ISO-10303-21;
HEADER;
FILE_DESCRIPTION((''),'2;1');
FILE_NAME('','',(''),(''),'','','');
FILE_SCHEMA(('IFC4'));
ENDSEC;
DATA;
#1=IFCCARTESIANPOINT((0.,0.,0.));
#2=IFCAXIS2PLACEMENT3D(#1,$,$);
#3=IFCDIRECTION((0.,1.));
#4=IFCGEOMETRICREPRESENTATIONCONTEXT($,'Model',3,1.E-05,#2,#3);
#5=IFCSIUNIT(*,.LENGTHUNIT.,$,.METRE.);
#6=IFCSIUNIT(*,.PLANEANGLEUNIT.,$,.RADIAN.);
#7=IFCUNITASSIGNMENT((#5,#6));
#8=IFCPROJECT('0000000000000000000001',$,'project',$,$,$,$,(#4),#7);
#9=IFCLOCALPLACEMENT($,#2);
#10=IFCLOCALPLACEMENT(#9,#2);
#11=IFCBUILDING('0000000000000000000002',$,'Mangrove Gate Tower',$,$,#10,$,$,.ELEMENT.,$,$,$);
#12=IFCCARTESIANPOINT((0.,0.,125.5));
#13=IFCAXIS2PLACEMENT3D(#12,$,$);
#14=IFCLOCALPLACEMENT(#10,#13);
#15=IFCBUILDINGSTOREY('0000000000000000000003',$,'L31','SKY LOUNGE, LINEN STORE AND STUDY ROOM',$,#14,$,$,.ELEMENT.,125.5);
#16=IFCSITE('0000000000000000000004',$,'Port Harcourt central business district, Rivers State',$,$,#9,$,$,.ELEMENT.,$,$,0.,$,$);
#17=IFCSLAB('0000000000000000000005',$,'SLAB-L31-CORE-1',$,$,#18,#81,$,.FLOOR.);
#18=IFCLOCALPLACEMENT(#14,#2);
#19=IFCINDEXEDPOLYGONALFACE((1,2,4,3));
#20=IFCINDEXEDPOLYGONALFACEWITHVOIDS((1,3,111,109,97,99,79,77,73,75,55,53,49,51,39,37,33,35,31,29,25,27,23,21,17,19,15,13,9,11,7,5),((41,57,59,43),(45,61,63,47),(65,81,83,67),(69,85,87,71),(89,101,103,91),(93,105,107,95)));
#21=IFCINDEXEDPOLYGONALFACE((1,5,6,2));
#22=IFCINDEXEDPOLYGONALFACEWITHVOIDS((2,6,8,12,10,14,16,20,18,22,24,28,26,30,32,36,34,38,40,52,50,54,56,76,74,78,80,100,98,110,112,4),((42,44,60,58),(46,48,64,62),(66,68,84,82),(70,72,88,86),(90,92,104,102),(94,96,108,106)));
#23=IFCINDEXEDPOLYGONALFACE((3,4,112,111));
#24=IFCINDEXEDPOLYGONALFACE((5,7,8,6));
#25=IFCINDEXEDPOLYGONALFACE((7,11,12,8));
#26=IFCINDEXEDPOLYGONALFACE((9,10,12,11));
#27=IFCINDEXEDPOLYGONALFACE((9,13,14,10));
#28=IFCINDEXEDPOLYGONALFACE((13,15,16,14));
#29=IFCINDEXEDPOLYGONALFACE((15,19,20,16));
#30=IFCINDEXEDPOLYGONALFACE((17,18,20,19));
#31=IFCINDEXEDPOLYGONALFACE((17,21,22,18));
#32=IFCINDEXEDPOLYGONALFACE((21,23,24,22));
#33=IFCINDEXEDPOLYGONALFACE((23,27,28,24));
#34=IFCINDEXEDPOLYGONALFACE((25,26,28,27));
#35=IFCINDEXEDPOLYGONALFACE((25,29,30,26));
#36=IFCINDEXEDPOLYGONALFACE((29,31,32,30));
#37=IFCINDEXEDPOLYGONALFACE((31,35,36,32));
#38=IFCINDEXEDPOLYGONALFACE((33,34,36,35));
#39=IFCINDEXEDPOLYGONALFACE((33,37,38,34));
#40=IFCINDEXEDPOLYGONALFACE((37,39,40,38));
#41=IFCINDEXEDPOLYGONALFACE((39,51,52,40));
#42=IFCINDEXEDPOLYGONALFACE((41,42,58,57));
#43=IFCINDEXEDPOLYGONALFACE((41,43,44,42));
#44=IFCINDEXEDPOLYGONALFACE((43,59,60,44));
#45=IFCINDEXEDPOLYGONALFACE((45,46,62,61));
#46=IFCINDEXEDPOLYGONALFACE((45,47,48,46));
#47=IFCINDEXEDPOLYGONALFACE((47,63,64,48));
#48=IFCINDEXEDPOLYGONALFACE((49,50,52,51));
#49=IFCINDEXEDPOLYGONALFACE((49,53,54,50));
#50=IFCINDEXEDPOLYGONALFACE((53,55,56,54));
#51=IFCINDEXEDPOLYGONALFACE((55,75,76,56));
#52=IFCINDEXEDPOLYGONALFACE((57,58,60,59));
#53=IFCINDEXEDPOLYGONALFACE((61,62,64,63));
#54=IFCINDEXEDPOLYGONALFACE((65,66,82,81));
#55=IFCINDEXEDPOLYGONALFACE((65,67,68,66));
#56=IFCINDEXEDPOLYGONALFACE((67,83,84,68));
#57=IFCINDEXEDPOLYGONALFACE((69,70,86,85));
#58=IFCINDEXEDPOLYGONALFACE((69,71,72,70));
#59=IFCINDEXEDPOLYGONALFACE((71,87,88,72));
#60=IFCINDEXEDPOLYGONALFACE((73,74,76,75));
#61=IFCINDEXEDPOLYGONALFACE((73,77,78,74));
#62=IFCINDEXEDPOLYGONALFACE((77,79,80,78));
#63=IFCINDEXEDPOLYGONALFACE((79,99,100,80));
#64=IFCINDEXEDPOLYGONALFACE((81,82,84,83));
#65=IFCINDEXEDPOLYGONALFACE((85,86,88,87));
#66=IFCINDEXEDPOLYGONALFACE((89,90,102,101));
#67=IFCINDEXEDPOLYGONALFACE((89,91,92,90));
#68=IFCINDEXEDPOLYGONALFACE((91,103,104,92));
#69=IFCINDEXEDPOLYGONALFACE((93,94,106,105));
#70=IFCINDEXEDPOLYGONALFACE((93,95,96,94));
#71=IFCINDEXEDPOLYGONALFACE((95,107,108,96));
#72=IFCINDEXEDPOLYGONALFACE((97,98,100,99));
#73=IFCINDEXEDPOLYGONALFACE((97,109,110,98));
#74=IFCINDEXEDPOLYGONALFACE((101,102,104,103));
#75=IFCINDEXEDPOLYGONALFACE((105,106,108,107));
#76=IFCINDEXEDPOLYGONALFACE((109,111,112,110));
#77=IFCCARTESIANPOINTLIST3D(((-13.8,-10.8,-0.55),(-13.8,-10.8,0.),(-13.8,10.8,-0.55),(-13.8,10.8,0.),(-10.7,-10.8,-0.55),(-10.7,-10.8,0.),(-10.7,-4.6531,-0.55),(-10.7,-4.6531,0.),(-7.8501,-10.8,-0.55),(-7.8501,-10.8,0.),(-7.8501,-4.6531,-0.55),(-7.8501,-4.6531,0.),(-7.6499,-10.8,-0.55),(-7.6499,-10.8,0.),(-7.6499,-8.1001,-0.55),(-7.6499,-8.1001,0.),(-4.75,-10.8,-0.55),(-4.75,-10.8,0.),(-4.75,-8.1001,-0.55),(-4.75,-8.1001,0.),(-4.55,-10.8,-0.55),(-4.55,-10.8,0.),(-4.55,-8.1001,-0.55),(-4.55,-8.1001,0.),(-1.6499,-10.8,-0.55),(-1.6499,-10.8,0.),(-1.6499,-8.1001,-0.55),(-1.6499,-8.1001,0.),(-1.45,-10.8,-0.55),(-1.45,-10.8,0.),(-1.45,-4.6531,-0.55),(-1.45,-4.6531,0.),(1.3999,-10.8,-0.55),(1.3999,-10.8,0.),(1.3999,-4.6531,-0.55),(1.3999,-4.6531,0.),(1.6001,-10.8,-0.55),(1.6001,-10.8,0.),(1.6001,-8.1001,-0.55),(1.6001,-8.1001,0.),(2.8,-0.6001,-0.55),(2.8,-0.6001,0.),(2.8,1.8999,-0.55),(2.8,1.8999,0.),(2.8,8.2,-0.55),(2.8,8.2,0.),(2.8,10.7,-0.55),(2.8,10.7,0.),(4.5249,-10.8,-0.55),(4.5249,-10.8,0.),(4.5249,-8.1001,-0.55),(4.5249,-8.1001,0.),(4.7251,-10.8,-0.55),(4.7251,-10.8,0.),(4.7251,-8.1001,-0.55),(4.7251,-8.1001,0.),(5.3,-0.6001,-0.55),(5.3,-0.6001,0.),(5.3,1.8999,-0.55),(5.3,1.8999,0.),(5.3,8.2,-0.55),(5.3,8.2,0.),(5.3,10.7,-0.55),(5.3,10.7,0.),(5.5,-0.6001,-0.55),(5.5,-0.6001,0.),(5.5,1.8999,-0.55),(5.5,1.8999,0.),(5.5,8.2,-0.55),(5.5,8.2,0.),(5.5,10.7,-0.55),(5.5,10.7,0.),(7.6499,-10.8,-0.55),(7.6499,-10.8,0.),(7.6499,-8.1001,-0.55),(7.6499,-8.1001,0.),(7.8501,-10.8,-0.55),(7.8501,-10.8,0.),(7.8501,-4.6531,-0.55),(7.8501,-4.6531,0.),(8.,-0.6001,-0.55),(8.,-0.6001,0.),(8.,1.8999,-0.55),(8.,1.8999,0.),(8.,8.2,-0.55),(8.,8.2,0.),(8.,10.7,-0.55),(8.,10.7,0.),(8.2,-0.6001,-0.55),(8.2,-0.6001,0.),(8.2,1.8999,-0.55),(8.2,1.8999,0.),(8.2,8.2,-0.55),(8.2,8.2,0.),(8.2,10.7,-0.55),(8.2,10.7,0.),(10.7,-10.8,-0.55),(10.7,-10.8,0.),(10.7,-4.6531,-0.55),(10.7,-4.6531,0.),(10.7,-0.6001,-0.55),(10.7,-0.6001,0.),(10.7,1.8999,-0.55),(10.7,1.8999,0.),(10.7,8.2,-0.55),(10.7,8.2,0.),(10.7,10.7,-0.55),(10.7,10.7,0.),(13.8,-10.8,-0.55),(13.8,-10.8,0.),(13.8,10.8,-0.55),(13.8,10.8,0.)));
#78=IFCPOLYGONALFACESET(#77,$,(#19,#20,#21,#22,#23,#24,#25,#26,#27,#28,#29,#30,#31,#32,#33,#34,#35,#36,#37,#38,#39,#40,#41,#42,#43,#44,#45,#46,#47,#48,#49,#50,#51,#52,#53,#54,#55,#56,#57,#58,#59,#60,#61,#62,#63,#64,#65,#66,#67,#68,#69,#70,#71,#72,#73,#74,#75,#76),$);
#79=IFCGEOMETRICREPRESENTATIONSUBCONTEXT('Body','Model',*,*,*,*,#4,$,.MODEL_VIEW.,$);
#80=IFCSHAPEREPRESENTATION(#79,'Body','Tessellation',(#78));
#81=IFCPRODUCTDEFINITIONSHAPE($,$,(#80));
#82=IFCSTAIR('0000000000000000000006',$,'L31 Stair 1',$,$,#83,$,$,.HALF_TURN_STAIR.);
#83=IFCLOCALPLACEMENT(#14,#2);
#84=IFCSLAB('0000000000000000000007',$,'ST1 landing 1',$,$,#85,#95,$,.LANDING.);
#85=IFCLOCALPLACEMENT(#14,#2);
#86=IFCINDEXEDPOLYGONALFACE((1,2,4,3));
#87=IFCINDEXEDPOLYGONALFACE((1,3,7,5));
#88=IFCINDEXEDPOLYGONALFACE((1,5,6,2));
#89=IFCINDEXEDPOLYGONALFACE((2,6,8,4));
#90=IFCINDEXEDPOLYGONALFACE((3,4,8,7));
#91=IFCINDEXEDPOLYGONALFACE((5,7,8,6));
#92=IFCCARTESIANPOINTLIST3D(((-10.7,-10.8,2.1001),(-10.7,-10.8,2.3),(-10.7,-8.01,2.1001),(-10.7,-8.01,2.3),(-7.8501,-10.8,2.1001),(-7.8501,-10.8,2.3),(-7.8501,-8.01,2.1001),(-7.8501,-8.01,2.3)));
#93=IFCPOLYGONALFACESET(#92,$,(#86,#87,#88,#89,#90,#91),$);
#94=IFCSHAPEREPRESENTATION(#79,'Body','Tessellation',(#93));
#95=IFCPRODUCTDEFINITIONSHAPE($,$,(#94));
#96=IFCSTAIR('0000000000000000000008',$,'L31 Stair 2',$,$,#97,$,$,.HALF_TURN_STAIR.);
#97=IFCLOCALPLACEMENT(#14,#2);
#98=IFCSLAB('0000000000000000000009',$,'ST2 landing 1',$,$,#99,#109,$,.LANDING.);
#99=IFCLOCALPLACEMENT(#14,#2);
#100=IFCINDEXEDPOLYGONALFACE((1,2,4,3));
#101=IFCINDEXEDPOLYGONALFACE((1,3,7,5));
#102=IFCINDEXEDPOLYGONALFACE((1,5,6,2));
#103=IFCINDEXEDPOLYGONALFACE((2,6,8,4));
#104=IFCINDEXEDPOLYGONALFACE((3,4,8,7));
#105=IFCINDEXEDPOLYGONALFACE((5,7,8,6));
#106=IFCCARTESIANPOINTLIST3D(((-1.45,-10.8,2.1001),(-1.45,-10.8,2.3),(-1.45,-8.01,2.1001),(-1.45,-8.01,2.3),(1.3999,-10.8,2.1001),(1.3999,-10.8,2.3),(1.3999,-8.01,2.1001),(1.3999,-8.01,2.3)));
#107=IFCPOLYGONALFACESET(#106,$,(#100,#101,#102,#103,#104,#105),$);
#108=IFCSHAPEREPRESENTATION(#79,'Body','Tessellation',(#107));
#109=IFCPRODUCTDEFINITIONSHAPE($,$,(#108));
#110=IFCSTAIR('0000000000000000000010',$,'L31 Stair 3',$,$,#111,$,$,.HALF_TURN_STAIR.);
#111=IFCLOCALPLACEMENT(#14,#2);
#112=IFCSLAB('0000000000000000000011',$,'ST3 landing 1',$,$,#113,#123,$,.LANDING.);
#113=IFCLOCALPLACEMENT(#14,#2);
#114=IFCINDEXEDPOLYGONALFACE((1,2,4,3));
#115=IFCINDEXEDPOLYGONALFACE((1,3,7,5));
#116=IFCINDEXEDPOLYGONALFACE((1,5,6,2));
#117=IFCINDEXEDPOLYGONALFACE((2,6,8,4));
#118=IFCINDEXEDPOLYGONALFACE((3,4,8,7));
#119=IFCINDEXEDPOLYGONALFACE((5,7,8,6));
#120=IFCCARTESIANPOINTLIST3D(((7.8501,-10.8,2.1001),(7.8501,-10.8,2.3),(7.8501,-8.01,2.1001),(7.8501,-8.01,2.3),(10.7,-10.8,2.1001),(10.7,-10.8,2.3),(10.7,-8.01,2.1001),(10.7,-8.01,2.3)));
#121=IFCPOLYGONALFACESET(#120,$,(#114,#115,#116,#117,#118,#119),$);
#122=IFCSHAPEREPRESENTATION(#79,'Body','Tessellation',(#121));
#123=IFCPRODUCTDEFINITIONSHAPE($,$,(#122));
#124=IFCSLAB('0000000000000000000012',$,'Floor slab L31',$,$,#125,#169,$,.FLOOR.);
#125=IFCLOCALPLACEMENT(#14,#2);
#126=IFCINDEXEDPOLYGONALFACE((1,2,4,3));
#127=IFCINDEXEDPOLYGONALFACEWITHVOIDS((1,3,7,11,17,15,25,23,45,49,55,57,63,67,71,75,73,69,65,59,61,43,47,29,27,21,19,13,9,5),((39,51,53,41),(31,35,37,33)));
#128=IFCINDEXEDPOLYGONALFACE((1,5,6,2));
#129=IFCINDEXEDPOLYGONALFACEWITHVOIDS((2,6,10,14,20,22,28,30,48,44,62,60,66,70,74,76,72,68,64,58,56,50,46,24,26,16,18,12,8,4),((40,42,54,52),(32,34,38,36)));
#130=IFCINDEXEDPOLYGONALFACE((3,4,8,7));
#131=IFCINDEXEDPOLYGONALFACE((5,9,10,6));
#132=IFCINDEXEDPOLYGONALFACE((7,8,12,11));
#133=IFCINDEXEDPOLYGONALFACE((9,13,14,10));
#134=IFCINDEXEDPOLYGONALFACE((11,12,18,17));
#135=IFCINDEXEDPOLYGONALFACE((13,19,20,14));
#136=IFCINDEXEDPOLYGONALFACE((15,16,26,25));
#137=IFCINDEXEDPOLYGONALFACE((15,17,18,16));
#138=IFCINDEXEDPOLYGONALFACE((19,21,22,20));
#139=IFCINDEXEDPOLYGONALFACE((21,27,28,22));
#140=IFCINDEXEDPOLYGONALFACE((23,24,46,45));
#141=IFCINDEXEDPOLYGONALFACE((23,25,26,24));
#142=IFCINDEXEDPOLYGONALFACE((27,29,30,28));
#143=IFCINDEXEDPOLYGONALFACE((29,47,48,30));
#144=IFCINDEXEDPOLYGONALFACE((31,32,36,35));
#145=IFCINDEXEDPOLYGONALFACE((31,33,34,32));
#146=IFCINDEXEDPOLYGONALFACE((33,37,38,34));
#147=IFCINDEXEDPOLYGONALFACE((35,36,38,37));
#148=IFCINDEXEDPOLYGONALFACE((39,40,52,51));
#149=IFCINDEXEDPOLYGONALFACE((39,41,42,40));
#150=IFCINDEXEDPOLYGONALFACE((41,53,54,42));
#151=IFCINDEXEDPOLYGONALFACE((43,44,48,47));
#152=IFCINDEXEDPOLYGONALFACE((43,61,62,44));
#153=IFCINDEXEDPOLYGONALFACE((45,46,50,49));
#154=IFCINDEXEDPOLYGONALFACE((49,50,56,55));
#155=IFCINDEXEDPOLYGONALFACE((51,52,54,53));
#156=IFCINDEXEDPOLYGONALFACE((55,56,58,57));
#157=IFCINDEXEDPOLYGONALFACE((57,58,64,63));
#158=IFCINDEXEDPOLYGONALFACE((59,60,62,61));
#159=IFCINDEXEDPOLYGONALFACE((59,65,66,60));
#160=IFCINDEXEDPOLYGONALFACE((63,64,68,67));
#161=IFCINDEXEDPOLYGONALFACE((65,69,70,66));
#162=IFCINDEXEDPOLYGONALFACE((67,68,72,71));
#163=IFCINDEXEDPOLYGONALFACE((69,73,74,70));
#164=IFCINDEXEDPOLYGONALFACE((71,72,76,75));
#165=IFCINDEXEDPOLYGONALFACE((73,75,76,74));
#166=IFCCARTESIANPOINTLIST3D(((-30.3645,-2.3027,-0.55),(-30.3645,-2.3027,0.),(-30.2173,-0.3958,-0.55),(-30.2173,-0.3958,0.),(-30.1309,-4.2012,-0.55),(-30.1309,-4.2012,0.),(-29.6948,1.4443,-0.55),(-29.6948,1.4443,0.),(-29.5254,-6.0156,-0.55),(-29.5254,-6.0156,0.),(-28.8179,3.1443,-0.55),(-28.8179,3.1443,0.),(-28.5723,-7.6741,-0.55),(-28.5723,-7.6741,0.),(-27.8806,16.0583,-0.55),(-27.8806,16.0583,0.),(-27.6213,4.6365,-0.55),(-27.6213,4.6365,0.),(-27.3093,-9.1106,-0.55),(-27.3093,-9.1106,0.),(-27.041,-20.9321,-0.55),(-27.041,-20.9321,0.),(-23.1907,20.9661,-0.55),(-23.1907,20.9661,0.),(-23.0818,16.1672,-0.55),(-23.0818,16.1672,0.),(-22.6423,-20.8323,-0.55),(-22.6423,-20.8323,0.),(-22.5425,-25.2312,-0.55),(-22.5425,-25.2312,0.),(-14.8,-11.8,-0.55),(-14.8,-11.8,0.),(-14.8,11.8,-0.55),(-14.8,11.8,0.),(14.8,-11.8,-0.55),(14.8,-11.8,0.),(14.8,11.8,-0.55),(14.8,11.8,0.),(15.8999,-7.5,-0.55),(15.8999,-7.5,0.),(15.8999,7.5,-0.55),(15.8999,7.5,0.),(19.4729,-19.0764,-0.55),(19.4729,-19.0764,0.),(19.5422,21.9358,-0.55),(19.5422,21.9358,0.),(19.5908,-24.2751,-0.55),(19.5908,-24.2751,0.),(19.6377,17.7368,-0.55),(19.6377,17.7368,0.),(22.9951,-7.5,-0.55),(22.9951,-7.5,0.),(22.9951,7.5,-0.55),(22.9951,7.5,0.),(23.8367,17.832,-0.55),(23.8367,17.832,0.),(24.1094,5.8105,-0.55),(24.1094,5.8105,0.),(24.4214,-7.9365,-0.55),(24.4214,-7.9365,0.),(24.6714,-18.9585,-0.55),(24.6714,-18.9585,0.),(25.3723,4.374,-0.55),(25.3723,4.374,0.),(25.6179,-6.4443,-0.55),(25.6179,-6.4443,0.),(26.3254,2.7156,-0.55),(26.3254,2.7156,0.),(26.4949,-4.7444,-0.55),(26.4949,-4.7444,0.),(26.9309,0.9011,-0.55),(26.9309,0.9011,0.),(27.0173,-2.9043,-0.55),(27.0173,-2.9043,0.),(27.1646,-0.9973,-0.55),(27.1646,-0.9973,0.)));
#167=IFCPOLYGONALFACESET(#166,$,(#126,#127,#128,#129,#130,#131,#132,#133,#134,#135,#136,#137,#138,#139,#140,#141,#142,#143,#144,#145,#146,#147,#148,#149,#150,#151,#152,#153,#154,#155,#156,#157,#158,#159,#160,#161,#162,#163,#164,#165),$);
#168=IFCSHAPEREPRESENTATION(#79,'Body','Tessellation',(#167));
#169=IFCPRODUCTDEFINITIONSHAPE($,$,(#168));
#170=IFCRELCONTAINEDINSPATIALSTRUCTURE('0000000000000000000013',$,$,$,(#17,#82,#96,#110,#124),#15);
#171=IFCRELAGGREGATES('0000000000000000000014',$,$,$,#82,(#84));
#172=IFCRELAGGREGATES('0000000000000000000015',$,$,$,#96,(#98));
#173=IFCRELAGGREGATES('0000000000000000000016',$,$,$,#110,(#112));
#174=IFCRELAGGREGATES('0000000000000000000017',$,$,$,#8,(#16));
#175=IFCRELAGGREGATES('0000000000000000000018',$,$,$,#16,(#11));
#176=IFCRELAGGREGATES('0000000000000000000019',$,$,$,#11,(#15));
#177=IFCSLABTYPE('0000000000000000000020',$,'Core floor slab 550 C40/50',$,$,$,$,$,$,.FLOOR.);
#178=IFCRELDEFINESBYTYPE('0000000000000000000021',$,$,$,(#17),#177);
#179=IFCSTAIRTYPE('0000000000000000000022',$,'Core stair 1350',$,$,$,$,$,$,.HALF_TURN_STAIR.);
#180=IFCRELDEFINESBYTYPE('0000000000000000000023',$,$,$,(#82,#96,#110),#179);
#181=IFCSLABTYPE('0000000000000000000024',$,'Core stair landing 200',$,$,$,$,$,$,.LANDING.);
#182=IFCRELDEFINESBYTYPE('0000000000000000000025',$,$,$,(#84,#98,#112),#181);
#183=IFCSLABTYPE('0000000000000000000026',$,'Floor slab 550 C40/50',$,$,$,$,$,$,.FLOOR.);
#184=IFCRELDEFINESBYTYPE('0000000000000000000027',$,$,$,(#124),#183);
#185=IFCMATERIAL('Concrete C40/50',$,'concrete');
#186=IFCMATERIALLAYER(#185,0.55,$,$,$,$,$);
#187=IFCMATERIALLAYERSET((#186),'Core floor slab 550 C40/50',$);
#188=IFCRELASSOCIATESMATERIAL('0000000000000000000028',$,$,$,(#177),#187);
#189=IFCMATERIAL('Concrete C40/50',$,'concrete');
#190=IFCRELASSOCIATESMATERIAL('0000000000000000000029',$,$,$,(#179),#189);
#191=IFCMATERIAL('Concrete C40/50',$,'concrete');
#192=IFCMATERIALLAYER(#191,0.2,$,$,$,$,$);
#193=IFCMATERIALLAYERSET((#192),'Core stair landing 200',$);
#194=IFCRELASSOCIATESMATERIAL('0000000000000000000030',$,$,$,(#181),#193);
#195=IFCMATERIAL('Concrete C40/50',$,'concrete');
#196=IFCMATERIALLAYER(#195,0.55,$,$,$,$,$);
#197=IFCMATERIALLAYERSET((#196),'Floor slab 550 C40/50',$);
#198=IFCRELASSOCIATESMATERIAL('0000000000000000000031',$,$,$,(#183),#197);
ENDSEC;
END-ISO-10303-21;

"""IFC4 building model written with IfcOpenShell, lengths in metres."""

from ifc_helpers import new_model, si_unit, direction, frame, origin, place, context, subcontext, project, spatial, polyline, outline, extrude, material, layer, layer_set, type_object, element, aggregate, save


model = new_model("IFC4")

# Units and contexts
model_context = context("Model", 3, precision=1e-05, world=origin(), true_north=direction((0.0, 1.0)))
body_context = subcontext(model_context, "Body", "Model", "MODEL_VIEW")
ifc_project = project(units=[si_unit("LENGTHUNIT", "METRE"), si_unit("PLANEANGLEUNIT", "RADIAN")], contexts=[model_context])

# Site, building, storey
site_placement = place(None, origin())
site = spatial("IfcSite", under=ifc_project, at=site_placement, Name="Port Harcourt central business district, Rivers State", CompositionType="ELEMENT", RefElevation=0.0)
building_placement = place(site_placement, origin())
building = spatial("IfcBuilding", under=site, at=building_placement, Name="Mangrove Gate Tower", CompositionType="ELEMENT")
storey_placement = place(building_placement, frame((0.0, 0.0, 125.5)))
storey = spatial("IfcBuildingStorey", under=building, at=storey_placement, Name="L31", Description="SKY LOUNGE, LINEN STORE AND STUDY ROOM", CompositionType="ELEMENT", Elevation=125.5)

# Slab
ifc_material_1 = material(Name="Concrete C40/50", Category="concrete")
ifc_layer_1 = layer(ifc_material_1, 0.55)
ifc_layer_set_1 = layer_set([ifc_layer_1], Name="Core floor slab 550 C40/50")
slab_type_1 = type_object("IfcSlabType", Name="Core floor slab 550 C40/50", PredefinedType="FLOOR", material=ifc_layer_set_1)
slab_1_placement = place(storey_placement, frame((0.0, 0.0, -0.55)))
element("IfcSlab", 1, at=slab_1_placement, inside=storey, type_object=slab_type_1, Name="SLAB-L31-CORE-1", PredefinedType="FLOOR", context=body_context, shape_type="SweptSolid", body=[
    extrude(outline(polyline([(-13.8, -10.8), (-13.8, 10.8), (13.8, 10.8), (13.8, -10.8), (10.7, -10.8), (10.7, -4.6531), (7.8501, -4.6531), (7.8501, -10.8), (7.6499, -10.8), (7.6499, -8.1001), (4.7251, -8.1001), (4.7251, -10.8), (4.5249, -10.8), (4.5249, -8.1001), (1.6001, -8.1001), (1.6001, -10.8), (1.3999, -10.8), (1.3999, -4.6531), (-1.45, -4.6531), (-1.45, -10.8), (-1.6499, -10.8), (-1.6499, -8.1001), (-4.55, -8.1001), (-4.55, -10.8), (-4.75, -10.8), (-4.75, -8.1001), (-7.6499, -8.1001), (-7.6499, -10.8), (-7.8501, -10.8), (-7.8501, -4.6531), (-10.7, -4.6531), (-10.7, -10.8), (-13.8, -10.8)]), holes=[polyline([(5.3, -0.6001), (5.3, 1.8999), (2.8, 1.8999), (2.8, -0.6001), (5.3, -0.6001)]), polyline([(5.3, 10.7), (2.8, 10.7), (2.8, 8.2), (5.3, 8.2), (5.3, 10.7)]), polyline([(8.0, -0.6001), (8.0, 1.8999), (5.5, 1.8999), (5.5, -0.6001), (8.0, -0.6001)]), polyline([(10.7, -0.6001), (10.7, 1.8999), (8.2, 1.8999), (8.2, -0.6001), (10.7, -0.6001)]), polyline([(8.0, 8.2), (8.0, 10.7), (5.5, 10.7), (5.5, 8.2), (8.0, 8.2)]), polyline([(10.7, 8.2), (10.7, 10.7), (8.2, 10.7), (8.2, 8.2), (10.7, 8.2)])]), origin(), (0.0, 0.0, 1.0), 0.55),
])

# Stairs, slabs
ifc_material_2 = material(Name="Concrete C40/50", Category="concrete")
stair_type = type_object("IfcStairType", Name="Core stair 1350", PredefinedType="HALF_TURN_STAIR", material=ifc_material_2)
stair_1_placement = place(storey_placement, origin())
stair_1 = element("IfcStair", 2, at=stair_1_placement, inside=storey, type_object=stair_type, Name="L31 Stair 1", PredefinedType="HALF_TURN_STAIR")
ifc_material_3 = material(Name="Concrete C40/50", Category="concrete")
ifc_layer_2 = layer(ifc_material_3, 0.2)
ifc_layer_set_2 = layer_set([ifc_layer_2], Name="Core stair landing 200")
slab_type_2 = type_object("IfcSlabType", Name="Core stair landing 200", PredefinedType="LANDING", material=ifc_layer_set_2)
slab_2_placement = place(storey_placement, frame((0.0, 0.0, 2.1001)))
slab_2 = element("IfcSlab", 3, at=slab_2_placement, type_object=slab_type_2, Name="ST1 landing 1", PredefinedType="LANDING", context=body_context, shape_type="SweptSolid", body=[
    extrude(outline(polyline([(-10.7, -8.01), (-10.7, -10.8), (-7.8501, -10.8), (-7.8501, -8.01), (-10.7, -8.01)])), origin(), (0.0, 0.0, 1.0), 0.2),
])
aggregate(stair_1, [slab_2])
stair_2_placement = place(storey_placement, origin())
stair_2 = element("IfcStair", 4, at=stair_2_placement, inside=storey, type_object=stair_type, Name="L31 Stair 2", PredefinedType="HALF_TURN_STAIR")
slab_3_placement = place(storey_placement, frame((0.0, 0.0, 2.1001)))
slab_3 = element("IfcSlab", 5, at=slab_3_placement, type_object=slab_type_2, Name="ST2 landing 1", PredefinedType="LANDING", context=body_context, shape_type="SweptSolid", body=[
    extrude(outline(polyline([(-1.45, -8.01), (-1.45, -10.8), (1.3999, -10.8), (1.3999, -8.01), (-1.45, -8.01)])), origin(), (0.0, 0.0, 1.0), 0.2),
])
aggregate(stair_2, [slab_3])
stair_3_placement = place(storey_placement, origin())
stair_3 = element("IfcStair", 6, at=stair_3_placement, inside=storey, type_object=stair_type, Name="L31 Stair 3", PredefinedType="HALF_TURN_STAIR")
slab_4_placement = place(storey_placement, frame((0.0, 0.0, 2.1001)))
slab_4 = element("IfcSlab", 7, at=slab_4_placement, type_object=slab_type_2, Name="ST3 landing 1", PredefinedType="LANDING", context=body_context, shape_type="SweptSolid", body=[
    extrude(outline(polyline([(7.8501, -8.01), (7.8501, -10.8), (10.7, -10.8), (10.7, -8.01), (7.8501, -8.01)])), origin(), (0.0, 0.0, 1.0), 0.2),
])
aggregate(stair_3, [slab_4])

# Slab
ifc_material_4 = material(Name="Concrete C40/50", Category="concrete")
ifc_layer_3 = layer(ifc_material_4, 0.55)
ifc_layer_set_3 = layer_set([ifc_layer_3], Name="Floor slab 550 C40/50")
slab_type_3 = type_object("IfcSlabType", Name="Floor slab 550 C40/50", PredefinedType="FLOOR", material=ifc_layer_set_3)
slab_5_placement = place(storey_placement, frame((0.0, 0.0, -0.55)))
element("IfcSlab", 8, at=slab_5_placement, inside=storey, type_object=slab_type_3, Name="Floor slab L31", PredefinedType="FLOOR", context=body_context, shape_type="SweptSolid", body=[
    extrude(outline(polyline([(-22.5425, -25.2312), (19.5908, -24.2751), (19.4729, -19.0764), (24.6714, -18.9585), (24.4214, -7.9365), (25.6179, -6.4443), (26.4949, -4.7444), (27.0173, -2.9043), (27.1646, -0.9973), (26.9309, 0.9011), (26.3254, 2.7156), (25.3723, 4.374), (24.1094, 5.8105), (23.8367, 17.832), (19.6377, 17.7368), (19.5422, 21.9358), (-23.1907, 20.9661), (-23.0818, 16.1672), (-27.8806, 16.0583), (-27.6213, 4.6365), (-28.8179, 3.1443), (-29.6948, 1.4443), (-30.2173, -0.3958), (-30.3645, -2.3027), (-30.1309, -4.2012), (-29.5254, -6.0156), (-28.5723, -7.6741), (-27.3093, -9.1106), (-27.041, -20.9321), (-22.6423, -20.8323), (-22.5425, -25.2312)]), holes=[polyline([(15.8999, 7.5), (22.9951, 7.5), (22.9951, -7.5), (15.8999, -7.5), (15.8999, 7.5)]), polyline([(-14.8, -11.8), (-14.8, 11.8), (14.8, 11.8), (14.8, -11.8), (-14.8, -11.8)])]), origin(), (0.0, 0.0, 1.0), 0.55),
])

save(model, "model.ifc")
